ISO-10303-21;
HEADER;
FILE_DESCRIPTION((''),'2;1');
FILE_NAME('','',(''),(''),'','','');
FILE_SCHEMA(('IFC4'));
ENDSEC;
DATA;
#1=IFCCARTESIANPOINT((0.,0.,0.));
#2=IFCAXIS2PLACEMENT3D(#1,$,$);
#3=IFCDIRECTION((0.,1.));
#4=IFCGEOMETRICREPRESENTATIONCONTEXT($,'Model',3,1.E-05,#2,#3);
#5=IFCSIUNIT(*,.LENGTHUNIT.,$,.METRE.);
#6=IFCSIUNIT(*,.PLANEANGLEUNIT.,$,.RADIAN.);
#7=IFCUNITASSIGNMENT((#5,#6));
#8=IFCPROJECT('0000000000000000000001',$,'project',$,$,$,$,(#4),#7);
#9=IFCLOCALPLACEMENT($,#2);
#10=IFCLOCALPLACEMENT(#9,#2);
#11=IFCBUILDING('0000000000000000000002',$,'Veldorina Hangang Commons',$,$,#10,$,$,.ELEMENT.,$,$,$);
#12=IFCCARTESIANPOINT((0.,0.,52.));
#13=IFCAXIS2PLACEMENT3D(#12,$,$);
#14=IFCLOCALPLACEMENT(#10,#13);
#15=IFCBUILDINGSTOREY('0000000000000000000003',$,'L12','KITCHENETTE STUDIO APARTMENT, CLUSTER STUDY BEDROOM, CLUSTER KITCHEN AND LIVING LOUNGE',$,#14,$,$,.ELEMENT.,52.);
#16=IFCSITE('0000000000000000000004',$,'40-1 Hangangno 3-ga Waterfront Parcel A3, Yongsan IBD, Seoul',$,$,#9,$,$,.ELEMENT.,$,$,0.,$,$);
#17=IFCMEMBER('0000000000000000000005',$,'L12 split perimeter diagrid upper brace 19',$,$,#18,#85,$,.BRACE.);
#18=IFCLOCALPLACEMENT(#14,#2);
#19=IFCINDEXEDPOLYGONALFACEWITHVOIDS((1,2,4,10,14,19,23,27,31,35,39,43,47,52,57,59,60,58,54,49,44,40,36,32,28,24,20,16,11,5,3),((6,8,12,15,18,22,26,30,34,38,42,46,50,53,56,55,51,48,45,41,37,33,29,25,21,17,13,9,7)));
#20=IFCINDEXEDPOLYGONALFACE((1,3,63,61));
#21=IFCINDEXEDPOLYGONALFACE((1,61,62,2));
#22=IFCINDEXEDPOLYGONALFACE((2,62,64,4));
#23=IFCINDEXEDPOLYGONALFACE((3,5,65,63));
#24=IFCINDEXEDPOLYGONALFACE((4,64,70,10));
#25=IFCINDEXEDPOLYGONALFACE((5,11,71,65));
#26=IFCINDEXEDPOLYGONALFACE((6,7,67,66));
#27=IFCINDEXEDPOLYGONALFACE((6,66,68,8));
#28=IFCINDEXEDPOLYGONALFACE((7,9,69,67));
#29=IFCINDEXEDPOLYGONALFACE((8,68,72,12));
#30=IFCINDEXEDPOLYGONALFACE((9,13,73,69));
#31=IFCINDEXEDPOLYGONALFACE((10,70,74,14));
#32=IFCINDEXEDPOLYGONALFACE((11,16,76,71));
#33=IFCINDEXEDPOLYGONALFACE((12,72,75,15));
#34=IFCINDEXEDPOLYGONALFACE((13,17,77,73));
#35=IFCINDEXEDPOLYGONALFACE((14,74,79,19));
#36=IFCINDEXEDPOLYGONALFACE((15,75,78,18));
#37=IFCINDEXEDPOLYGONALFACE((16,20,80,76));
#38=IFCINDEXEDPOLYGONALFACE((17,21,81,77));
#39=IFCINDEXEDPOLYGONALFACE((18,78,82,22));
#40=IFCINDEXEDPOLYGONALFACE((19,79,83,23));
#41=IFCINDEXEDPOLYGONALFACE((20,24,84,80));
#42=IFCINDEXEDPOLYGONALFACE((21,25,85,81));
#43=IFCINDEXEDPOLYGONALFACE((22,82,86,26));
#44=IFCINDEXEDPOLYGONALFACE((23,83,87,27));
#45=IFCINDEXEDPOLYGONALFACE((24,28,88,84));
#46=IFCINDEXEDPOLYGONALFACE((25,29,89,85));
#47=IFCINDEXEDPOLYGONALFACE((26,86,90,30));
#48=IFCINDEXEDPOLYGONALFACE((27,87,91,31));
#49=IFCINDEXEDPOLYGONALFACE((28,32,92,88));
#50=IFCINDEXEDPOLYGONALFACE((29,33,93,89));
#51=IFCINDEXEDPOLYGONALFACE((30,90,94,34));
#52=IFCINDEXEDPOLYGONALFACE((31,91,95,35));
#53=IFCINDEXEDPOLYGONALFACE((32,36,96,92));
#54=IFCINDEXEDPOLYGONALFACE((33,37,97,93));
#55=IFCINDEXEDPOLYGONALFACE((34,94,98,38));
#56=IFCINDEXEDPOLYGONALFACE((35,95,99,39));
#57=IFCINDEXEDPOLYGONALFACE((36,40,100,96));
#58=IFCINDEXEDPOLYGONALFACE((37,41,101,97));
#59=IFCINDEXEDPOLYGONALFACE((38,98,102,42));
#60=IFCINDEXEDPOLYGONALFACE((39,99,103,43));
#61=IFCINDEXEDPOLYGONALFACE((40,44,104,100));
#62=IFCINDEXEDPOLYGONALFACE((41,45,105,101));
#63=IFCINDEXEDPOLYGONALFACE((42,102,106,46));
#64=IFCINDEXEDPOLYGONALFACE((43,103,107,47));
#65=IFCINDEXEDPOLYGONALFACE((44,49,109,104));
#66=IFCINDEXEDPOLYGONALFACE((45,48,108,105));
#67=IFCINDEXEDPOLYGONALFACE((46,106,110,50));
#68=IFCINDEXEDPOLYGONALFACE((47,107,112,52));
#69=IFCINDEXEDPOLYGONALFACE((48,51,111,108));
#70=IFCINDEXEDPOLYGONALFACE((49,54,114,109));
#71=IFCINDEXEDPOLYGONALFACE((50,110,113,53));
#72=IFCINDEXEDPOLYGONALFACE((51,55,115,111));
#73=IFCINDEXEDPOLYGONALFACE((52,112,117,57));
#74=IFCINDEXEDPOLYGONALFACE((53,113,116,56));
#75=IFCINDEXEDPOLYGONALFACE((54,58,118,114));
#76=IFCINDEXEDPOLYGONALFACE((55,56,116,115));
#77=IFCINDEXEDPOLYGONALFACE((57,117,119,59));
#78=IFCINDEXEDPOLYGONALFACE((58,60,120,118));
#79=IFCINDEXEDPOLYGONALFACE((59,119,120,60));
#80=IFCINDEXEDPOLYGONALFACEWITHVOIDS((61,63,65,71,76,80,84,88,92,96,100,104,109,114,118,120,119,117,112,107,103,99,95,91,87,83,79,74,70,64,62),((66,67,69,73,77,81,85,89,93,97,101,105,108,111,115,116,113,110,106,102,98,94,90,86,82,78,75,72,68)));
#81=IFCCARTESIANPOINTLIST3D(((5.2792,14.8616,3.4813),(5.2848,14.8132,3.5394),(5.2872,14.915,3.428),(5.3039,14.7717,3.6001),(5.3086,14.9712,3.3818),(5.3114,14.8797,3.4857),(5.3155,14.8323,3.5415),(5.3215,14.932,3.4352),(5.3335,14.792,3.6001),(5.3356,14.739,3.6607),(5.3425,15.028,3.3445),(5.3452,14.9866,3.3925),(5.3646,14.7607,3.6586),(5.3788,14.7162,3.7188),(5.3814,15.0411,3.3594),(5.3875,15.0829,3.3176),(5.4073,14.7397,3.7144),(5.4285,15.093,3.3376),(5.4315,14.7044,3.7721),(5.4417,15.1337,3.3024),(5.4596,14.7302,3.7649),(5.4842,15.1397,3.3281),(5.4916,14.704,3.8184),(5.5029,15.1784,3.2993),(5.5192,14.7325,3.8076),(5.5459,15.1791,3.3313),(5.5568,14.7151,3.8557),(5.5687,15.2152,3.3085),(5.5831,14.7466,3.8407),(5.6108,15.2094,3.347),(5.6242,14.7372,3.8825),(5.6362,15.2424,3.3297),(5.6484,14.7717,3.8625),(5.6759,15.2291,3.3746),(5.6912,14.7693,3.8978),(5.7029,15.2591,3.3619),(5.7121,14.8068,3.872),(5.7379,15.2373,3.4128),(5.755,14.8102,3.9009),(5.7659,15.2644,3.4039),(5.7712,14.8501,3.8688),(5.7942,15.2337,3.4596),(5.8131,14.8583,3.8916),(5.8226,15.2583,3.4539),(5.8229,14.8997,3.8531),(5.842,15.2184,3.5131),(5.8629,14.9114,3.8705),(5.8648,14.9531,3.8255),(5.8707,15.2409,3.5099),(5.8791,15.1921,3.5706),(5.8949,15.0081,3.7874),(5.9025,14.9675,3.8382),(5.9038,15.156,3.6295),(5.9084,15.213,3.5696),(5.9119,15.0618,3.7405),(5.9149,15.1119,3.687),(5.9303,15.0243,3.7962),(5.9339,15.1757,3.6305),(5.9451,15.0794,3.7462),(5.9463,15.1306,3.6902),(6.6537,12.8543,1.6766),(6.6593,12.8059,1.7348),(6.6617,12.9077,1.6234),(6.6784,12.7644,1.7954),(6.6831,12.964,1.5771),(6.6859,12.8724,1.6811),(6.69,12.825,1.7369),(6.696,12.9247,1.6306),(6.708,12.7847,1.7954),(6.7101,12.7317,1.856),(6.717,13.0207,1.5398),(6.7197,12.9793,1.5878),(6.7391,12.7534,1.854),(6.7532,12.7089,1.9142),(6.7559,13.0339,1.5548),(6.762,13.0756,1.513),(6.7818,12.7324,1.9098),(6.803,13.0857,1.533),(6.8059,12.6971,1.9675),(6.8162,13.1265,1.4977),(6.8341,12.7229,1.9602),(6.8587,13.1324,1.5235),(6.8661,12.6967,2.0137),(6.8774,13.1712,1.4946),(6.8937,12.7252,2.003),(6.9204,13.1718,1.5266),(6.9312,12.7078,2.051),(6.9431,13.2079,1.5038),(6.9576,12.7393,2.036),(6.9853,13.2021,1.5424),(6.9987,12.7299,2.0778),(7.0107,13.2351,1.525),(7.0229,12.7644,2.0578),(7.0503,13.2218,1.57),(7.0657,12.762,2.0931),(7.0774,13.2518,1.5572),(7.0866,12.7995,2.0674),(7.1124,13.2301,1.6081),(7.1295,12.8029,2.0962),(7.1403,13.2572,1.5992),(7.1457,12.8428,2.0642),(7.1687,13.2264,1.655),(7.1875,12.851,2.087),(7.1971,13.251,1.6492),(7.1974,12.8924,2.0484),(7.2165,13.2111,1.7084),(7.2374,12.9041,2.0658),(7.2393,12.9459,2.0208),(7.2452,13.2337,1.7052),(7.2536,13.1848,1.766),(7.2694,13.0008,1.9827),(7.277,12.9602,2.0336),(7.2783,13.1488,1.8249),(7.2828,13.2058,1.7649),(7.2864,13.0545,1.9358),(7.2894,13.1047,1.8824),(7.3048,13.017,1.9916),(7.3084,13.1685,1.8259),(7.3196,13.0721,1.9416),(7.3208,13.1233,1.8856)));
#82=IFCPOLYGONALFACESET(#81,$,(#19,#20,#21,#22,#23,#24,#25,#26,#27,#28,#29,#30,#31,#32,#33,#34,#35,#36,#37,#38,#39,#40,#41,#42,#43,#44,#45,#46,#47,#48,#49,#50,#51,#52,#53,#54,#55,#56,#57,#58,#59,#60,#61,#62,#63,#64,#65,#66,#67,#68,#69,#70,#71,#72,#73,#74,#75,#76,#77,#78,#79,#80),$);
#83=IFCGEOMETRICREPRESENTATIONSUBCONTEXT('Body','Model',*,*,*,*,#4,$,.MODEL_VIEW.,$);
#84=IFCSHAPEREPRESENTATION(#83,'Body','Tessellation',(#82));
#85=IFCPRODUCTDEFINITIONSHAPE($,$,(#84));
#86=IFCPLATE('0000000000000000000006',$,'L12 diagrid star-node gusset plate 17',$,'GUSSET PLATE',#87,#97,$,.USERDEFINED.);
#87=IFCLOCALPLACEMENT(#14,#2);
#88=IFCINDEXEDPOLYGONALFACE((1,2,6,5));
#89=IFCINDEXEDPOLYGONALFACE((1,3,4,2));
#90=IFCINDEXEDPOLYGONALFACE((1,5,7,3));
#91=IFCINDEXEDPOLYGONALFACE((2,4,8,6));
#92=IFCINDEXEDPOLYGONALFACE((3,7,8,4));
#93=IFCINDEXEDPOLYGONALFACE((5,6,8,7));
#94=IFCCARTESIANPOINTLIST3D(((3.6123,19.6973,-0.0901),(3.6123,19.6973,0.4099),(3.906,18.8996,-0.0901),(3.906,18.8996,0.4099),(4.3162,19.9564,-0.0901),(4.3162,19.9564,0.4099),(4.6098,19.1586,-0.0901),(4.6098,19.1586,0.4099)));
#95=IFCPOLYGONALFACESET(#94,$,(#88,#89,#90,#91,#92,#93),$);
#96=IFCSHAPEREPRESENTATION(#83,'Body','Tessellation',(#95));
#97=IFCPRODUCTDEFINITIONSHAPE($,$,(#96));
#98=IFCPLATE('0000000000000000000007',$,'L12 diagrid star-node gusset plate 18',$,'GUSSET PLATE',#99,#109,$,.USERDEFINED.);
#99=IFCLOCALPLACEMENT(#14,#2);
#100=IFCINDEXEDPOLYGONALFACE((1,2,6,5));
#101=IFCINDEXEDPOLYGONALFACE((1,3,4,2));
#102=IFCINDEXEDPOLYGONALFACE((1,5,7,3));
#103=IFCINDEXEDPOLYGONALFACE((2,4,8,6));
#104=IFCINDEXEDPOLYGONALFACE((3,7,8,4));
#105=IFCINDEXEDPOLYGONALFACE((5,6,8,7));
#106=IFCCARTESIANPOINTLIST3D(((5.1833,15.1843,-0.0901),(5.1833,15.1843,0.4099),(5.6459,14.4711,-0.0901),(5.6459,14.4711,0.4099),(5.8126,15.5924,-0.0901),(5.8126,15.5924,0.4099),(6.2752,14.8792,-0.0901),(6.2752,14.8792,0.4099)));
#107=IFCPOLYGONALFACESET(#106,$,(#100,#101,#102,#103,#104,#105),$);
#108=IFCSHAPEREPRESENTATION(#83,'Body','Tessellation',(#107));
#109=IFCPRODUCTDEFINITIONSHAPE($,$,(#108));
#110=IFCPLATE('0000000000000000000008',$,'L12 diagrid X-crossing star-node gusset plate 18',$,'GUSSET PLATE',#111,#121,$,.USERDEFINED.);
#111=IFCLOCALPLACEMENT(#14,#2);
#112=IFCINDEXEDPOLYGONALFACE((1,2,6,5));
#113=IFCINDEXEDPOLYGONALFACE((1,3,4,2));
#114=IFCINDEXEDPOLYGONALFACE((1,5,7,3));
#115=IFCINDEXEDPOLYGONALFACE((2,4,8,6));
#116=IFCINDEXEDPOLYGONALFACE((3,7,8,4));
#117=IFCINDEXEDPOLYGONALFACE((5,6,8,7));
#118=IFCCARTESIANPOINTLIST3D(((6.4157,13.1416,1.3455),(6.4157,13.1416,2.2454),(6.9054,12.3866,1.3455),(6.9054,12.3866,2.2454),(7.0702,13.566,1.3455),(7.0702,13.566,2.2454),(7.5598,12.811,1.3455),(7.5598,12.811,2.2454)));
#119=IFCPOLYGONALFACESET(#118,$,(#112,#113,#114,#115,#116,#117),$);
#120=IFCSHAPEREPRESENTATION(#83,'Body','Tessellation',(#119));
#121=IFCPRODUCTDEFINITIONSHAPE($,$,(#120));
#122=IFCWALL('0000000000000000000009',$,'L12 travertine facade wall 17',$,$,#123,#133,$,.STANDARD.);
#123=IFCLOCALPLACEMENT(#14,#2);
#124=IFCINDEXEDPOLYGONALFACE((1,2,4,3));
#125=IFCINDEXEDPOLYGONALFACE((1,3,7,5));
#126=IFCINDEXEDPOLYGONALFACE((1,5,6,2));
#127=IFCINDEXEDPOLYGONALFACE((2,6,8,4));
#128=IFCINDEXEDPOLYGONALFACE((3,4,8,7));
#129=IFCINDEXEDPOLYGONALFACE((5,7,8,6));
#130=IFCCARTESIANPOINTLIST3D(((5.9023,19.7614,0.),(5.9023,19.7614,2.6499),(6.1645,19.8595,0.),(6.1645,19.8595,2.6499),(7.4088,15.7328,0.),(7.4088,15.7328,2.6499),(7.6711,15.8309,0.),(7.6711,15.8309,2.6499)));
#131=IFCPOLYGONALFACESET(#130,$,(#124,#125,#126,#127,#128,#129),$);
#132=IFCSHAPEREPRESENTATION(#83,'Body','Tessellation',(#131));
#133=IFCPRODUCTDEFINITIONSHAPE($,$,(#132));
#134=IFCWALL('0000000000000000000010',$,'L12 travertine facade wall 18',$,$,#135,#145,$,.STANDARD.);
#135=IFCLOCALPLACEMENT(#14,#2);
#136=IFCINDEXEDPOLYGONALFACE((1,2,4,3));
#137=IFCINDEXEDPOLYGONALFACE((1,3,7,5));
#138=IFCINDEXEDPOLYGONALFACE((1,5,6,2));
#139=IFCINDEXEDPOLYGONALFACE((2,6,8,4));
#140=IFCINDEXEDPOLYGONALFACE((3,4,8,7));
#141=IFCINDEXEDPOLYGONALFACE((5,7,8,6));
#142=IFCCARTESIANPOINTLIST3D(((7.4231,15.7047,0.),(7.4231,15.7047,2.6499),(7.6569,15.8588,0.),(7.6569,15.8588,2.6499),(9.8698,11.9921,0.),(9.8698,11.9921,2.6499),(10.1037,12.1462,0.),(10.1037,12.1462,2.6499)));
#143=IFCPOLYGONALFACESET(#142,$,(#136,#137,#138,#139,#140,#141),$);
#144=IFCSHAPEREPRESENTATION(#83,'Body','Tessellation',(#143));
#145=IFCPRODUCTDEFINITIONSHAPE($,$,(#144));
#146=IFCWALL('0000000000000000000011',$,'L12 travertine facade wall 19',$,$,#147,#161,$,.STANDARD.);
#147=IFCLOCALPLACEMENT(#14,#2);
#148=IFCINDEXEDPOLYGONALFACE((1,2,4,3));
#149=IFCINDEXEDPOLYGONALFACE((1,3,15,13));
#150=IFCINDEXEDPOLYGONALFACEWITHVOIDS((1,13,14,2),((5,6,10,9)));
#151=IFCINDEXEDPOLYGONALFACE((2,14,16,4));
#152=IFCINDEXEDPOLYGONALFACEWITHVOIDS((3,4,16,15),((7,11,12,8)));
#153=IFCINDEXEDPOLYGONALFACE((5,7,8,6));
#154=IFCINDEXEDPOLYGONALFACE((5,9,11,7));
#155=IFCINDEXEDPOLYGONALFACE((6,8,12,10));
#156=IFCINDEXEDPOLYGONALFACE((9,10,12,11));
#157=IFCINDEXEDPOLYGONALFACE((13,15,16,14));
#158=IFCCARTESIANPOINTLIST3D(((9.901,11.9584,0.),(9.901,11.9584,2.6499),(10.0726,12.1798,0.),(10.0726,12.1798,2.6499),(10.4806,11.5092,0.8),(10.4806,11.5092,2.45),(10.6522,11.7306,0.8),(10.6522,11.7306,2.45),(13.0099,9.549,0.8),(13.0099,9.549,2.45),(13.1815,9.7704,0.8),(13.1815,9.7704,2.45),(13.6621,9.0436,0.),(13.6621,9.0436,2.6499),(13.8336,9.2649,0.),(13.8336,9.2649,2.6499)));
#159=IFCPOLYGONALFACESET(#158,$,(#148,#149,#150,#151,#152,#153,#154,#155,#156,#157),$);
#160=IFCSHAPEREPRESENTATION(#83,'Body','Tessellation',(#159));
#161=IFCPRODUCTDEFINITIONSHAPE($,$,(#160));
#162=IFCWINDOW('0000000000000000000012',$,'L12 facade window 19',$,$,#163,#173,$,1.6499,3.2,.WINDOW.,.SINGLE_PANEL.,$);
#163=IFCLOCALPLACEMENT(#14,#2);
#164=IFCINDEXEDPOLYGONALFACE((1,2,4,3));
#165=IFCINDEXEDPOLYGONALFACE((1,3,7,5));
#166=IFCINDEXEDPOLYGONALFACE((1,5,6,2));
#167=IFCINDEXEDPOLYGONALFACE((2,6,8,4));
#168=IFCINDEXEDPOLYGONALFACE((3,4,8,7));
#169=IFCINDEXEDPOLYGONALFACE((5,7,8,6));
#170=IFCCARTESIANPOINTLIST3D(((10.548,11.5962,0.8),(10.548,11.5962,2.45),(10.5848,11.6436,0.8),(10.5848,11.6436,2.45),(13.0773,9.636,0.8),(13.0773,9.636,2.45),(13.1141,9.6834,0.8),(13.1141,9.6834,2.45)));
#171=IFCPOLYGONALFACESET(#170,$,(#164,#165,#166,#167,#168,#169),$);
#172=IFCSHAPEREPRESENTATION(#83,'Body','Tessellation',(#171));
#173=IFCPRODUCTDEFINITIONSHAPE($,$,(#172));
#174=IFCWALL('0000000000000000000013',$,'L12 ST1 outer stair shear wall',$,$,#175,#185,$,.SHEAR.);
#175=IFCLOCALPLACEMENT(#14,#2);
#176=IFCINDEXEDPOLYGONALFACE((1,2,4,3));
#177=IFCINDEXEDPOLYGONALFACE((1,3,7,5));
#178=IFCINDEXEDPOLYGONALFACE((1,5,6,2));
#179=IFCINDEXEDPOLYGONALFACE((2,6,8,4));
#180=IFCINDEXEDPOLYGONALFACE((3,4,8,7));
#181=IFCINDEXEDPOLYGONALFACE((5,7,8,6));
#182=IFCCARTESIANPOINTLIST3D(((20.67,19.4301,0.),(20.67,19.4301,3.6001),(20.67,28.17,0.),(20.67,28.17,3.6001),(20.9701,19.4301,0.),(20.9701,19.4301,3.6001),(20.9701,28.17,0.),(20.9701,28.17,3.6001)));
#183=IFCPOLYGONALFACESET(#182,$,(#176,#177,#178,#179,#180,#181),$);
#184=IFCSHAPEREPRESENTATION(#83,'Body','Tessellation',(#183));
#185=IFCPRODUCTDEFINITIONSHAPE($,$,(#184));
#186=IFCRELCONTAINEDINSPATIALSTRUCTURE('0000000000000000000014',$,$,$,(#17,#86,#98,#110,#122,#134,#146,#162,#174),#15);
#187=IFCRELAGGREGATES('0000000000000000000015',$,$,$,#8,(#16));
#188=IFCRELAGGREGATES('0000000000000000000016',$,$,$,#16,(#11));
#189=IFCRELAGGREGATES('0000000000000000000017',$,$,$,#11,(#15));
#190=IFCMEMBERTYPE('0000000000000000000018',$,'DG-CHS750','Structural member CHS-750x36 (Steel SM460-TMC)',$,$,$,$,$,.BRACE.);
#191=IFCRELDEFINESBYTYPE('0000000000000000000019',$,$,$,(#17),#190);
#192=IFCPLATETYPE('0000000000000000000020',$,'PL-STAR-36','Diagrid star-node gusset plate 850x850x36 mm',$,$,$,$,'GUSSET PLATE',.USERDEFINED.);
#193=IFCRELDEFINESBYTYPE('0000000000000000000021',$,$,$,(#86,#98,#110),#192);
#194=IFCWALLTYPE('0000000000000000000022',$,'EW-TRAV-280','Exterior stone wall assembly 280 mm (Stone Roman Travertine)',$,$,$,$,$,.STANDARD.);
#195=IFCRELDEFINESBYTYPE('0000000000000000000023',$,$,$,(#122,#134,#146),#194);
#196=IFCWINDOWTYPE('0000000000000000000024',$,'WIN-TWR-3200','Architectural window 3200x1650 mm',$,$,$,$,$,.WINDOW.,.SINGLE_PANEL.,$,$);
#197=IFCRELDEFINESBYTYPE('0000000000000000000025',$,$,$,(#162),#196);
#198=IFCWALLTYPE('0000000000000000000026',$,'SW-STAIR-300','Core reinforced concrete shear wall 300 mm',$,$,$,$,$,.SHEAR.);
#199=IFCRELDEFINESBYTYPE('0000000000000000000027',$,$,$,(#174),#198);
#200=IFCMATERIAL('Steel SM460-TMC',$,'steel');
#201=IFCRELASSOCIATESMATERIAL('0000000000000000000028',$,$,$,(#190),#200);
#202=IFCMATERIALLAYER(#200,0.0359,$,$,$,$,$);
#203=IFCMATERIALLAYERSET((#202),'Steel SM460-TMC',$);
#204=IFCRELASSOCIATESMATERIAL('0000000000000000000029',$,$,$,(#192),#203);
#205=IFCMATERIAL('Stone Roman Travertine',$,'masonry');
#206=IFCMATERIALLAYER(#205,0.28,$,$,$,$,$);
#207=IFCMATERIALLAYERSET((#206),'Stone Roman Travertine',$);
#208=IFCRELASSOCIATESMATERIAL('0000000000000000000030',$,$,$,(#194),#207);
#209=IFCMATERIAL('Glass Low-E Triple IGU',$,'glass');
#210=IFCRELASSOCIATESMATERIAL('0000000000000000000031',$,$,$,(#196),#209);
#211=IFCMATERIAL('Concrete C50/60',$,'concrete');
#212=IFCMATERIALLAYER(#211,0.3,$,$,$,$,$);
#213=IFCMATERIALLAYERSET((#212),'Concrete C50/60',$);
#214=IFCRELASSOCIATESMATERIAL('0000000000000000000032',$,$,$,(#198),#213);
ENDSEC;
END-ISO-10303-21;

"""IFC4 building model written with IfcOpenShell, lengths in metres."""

from ifc_helpers import new_model, si_unit, direction, frame, frame_2d, origin, origin_2d, place, context, subcontext, project, spatial, rectangle, hollow_circle, extrude, material, layer, layer_set, material_profile, profile_set, type_object, element, fill, save


model = new_model("IFC4")

# Units and contexts
model_context = context("Model", 3, precision=1e-05, world=origin(), true_north=direction((0.0, 1.0)))
body_context = subcontext(model_context, "Body", "Model", "MODEL_VIEW")
ifc_project = project(units=[si_unit("LENGTHUNIT", "METRE"), si_unit("PLANEANGLEUNIT", "RADIAN")], contexts=[model_context])

# Site, building, storey
site_placement = place(None, origin())
site = spatial("IfcSite", under=ifc_project, at=site_placement, Name="40-1 Hangangno 3-ga Waterfront Parcel A3, Yongsan IBD, Seoul", CompositionType="ELEMENT", RefElevation=0.0)
building_placement = place(site_placement, origin())
building = spatial("IfcBuilding", under=site, at=building_placement, Name="Veldorina Hangang Commons", CompositionType="ELEMENT")
storey_placement = place(building_placement, frame((0.0, 0.0, 52.0)))
storey = spatial("IfcBuildingStorey", under=building, at=storey_placement, Name="L12", Description="KITCHENETTE STUDIO APARTMENT, CLUSTER STUDY BEDROOM, CLUSTER KITCHEN AND LIVING LOUNGE", CompositionType="ELEMENT", Elevation=52.0)

# Shared definitions
ifc_material_1 = material(Name="Steel SM460-TMC", Category="steel")

# Member
ifc_material_profile_1 = material_profile(ifc_material_1, hollow_circle(Radius=0.375, WallThickness=0.0359, at=origin_2d()), Name="CHS-750x36")
ifc_profile_set_1 = profile_set([ifc_material_profile_1], Name="Steel SM460-TMC")
member_type = type_object("IfcMemberType", Name="DG-CHS750", Description="Structural member CHS-750x36 (Steel SM460-TMC)", PredefinedType="BRACE", material=ifc_profile_set_1)
member_1_placement = place(storey_placement, frame((6.9878, 12.9763, 1.7954), z_axis=(-0.453767, 0.662677, 0.595781), x_axis=(-0.8251, -0.564986, 0.0)))
element("IfcMember", 1, at=member_1_placement, inside=storey, type_object=member_type, Name="L12 split perimeter diagrid upper brace 19", PredefinedType="BRACE", context=body_context, shape_type="SweptSolid", body=[
    extrude(hollow_circle(Radius=0.375, WallThickness=0.0359, at=origin_2d()), origin(), (0.0, 0.0, 1.0), 3.0291),
])

# Plates
ifc_layer_1 = layer(ifc_material_1, 0.0359)
ifc_layer_set_1 = layer_set([ifc_layer_1], Name="Steel SM460-TMC")
plate_type = type_object("IfcPlateType", Name="PL-STAR-36", Description="Diagrid star-node gusset plate 850x850x36 mm", ElementType="GUSSET PLATE", PredefinedType="USERDEFINED", material=ifc_layer_set_1)
for number, where, z_axis, x_axis, name in (
    (2, (4.1111, 19.428, -0.0901), (0.0, 0.0, 1.0), (0.345413, -0.938451, 0.0), "L12 diagrid star-node gusset plate 17"),
    (3, (5.7292, 15.0317, -0.0901), (0.0, 0.0, 1.0), (0.544141, -0.838994, 0.0), "L12 diagrid star-node gusset plate 18"),
):
    element("IfcPlate", number, at=place(storey_placement, frame(where, z_axis=z_axis, x_axis=x_axis)), inside=storey, type_object=plate_type, Name=name, ObjectType="GUSSET PLATE", PredefinedType="USERDEFINED", context=body_context, shape_type="SweptSolid", body=[
        extrude(rectangle(XDim=0.8501, YDim=0.75, at=origin_2d()), origin(), (0.0, 0.0, 1.0), 0.5),
    ])
plate_placement = place(storey_placement, frame((6.9878, 12.9763, 1.3455), z_axis=(0.0, 0.0, 1.0), x_axis=(0.544141, -0.838994, 0.0)))
element("IfcPlate", 4, at=plate_placement, inside=storey, type_object=plate_type, Name="L12 diagrid X-crossing star-node gusset plate 18", ObjectType="GUSSET PLATE", PredefinedType="USERDEFINED", context=body_context, shape_type="SweptSolid", body=[
    extrude(rectangle(XDim=0.8999, YDim=0.78, at=origin_2d()), origin(), (0.0, 0.0, 1.0), 0.8999),
])

# Walls
ifc_material_2 = material(Name="Stone Roman Travertine", Category="masonry")
ifc_layer_2 = layer(ifc_material_2, 0.28)
ifc_layer_set_2 = layer_set([ifc_layer_2], Name="Stone Roman Travertine")
wall_type_1 = type_object("IfcWallType", Name="EW-TRAV-280", Description="Exterior stone wall assembly 280 mm (Stone Roman Travertine)", PredefinedType="STANDARD", material=ifc_layer_set_2)
wall_1_placement = place(storey_placement, frame((6.0334, 19.8103, 0.0), z_axis=(0.0, 0.0, 1.0), x_axis=(0.350284, -0.936644, 0.0)))
element("IfcWall", 5, at=wall_1_placement, inside=storey, type_object=wall_type_1, Name="L12 travertine facade wall 17", PredefinedType="STANDARD", context=body_context, shape_type="SweptSolid", body=[
    extrude(rectangle(XDim=4.301, YDim=0.28, at=frame_2d((2.1504, 0.0))), origin(), (0.0, 0.0, 1.0), 2.6499),
])
wall_2_placement = place(storey_placement, frame((7.54, 15.7817, 0.0), z_axis=(0.0, 0.0, 1.0), x_axis=(0.550283, -0.834978, 0.0)))
element("IfcWall", 6, at=wall_2_placement, inside=storey, type_object=wall_type_1, Name="L12 travertine facade wall 18", PredefinedType="STANDARD", context=body_context, shape_type="SweptSolid", body=[
    extrude(rectangle(XDim=4.4463, YDim=0.28, at=frame_2d((2.2231, 0.0))), origin(), (0.0, 0.0, 1.0), 2.6499),
])

# Wall, opening, window
wall_3_placement = place(storey_placement, frame((9.9868, 12.0691, 0.0), z_axis=(0.0, 0.0, 1.0), x_axis=(0.790412, -0.612576, 0.0)))
wall_3 = element("IfcWall", 7, at=wall_3_placement, inside=storey, type_object=wall_type_1, Name="L12 travertine facade wall 19", PredefinedType="STANDARD", context=body_context, shape_type="SweptSolid", body=[
    extrude(rectangle(XDim=4.7583, YDim=0.28, at=frame_2d((2.3792, 0.0))), origin(), (0.0, 0.0, 1.0), 2.6499),
])
opening_1_placement = place(wall_3_placement, frame((0.7332, 0.0, 0.8)))
opening_1 = element("IfcOpeningElement", 8, at=opening_1_placement, cuts=wall_3, PredefinedType="OPENING", context=body_context, shape_type="SweptSolid", body=[
    extrude(rectangle(XDim=3.2, YDim=1.6499, at=frame_2d((1.6001, 0.825))), frame((0.0, 0.1499, 0.0), z_axis=(0.0, -1.0, 0.0), x_axis=(1.0, 0.0, 0.0)), (0.0, 0.0, 1.0), 0.3),
])
ifc_material_3 = material(Name="Glass Low-E Triple IGU", Category="glass")
window_type = type_object("IfcWindowType", Name="WIN-TWR-3200", Description="Architectural window 3200x1650 mm", PartitioningType="SINGLE_PANEL", PredefinedType="WINDOW", material=ifc_material_3)
window_placement = place(opening_1_placement, origin())
window = element("IfcWindow", 9, at=window_placement, inside=storey, type_object=window_type, Name="L12 facade window 19", OverallHeight=1.6499, OverallWidth=3.2, PartitioningType="SINGLE_PANEL", PredefinedType="WINDOW", context=body_context, shape_type="SweptSolid", body=[
    extrude(rectangle(XDim=3.2, YDim=1.6499, at=frame_2d((1.6001, 0.825))), frame((0.0, 0.03, 0.0), z_axis=(0.0, -1.0, 0.0), x_axis=(1.0, 0.0, 0.0)), (0.0, 0.0, 1.0), 0.0601),
])
fill(opening_1, window)

# Wall
ifc_material_4 = material(Name="Concrete C50/60", Category="concrete")
ifc_layer_3 = layer(ifc_material_4, 0.3)
ifc_layer_set_3 = layer_set([ifc_layer_3], Name="Concrete C50/60")
wall_type_2 = type_object("IfcWallType", Name="SW-STAIR-300", Description="Core reinforced concrete shear wall 300 mm", PredefinedType="SHEAR", material=ifc_layer_set_3)
wall_4_placement = place(storey_placement, frame((20.8201, 19.4299, 0.0), z_axis=(0.0, 0.0, 1.0), x_axis=(0.0, 1.0, 0.0)))
element("IfcWall", 10, at=wall_4_placement, inside=storey, type_object=wall_type_2, Name="L12 ST1 outer stair shear wall", PredefinedType="SHEAR", context=body_context, shape_type="SweptSolid", body=[
    extrude(rectangle(XDim=8.74, YDim=0.3, at=frame_2d((4.3701, 0.0))), origin(), (0.0, 0.0, 1.0), 3.6001),
])

save(model, "model.ifc")
